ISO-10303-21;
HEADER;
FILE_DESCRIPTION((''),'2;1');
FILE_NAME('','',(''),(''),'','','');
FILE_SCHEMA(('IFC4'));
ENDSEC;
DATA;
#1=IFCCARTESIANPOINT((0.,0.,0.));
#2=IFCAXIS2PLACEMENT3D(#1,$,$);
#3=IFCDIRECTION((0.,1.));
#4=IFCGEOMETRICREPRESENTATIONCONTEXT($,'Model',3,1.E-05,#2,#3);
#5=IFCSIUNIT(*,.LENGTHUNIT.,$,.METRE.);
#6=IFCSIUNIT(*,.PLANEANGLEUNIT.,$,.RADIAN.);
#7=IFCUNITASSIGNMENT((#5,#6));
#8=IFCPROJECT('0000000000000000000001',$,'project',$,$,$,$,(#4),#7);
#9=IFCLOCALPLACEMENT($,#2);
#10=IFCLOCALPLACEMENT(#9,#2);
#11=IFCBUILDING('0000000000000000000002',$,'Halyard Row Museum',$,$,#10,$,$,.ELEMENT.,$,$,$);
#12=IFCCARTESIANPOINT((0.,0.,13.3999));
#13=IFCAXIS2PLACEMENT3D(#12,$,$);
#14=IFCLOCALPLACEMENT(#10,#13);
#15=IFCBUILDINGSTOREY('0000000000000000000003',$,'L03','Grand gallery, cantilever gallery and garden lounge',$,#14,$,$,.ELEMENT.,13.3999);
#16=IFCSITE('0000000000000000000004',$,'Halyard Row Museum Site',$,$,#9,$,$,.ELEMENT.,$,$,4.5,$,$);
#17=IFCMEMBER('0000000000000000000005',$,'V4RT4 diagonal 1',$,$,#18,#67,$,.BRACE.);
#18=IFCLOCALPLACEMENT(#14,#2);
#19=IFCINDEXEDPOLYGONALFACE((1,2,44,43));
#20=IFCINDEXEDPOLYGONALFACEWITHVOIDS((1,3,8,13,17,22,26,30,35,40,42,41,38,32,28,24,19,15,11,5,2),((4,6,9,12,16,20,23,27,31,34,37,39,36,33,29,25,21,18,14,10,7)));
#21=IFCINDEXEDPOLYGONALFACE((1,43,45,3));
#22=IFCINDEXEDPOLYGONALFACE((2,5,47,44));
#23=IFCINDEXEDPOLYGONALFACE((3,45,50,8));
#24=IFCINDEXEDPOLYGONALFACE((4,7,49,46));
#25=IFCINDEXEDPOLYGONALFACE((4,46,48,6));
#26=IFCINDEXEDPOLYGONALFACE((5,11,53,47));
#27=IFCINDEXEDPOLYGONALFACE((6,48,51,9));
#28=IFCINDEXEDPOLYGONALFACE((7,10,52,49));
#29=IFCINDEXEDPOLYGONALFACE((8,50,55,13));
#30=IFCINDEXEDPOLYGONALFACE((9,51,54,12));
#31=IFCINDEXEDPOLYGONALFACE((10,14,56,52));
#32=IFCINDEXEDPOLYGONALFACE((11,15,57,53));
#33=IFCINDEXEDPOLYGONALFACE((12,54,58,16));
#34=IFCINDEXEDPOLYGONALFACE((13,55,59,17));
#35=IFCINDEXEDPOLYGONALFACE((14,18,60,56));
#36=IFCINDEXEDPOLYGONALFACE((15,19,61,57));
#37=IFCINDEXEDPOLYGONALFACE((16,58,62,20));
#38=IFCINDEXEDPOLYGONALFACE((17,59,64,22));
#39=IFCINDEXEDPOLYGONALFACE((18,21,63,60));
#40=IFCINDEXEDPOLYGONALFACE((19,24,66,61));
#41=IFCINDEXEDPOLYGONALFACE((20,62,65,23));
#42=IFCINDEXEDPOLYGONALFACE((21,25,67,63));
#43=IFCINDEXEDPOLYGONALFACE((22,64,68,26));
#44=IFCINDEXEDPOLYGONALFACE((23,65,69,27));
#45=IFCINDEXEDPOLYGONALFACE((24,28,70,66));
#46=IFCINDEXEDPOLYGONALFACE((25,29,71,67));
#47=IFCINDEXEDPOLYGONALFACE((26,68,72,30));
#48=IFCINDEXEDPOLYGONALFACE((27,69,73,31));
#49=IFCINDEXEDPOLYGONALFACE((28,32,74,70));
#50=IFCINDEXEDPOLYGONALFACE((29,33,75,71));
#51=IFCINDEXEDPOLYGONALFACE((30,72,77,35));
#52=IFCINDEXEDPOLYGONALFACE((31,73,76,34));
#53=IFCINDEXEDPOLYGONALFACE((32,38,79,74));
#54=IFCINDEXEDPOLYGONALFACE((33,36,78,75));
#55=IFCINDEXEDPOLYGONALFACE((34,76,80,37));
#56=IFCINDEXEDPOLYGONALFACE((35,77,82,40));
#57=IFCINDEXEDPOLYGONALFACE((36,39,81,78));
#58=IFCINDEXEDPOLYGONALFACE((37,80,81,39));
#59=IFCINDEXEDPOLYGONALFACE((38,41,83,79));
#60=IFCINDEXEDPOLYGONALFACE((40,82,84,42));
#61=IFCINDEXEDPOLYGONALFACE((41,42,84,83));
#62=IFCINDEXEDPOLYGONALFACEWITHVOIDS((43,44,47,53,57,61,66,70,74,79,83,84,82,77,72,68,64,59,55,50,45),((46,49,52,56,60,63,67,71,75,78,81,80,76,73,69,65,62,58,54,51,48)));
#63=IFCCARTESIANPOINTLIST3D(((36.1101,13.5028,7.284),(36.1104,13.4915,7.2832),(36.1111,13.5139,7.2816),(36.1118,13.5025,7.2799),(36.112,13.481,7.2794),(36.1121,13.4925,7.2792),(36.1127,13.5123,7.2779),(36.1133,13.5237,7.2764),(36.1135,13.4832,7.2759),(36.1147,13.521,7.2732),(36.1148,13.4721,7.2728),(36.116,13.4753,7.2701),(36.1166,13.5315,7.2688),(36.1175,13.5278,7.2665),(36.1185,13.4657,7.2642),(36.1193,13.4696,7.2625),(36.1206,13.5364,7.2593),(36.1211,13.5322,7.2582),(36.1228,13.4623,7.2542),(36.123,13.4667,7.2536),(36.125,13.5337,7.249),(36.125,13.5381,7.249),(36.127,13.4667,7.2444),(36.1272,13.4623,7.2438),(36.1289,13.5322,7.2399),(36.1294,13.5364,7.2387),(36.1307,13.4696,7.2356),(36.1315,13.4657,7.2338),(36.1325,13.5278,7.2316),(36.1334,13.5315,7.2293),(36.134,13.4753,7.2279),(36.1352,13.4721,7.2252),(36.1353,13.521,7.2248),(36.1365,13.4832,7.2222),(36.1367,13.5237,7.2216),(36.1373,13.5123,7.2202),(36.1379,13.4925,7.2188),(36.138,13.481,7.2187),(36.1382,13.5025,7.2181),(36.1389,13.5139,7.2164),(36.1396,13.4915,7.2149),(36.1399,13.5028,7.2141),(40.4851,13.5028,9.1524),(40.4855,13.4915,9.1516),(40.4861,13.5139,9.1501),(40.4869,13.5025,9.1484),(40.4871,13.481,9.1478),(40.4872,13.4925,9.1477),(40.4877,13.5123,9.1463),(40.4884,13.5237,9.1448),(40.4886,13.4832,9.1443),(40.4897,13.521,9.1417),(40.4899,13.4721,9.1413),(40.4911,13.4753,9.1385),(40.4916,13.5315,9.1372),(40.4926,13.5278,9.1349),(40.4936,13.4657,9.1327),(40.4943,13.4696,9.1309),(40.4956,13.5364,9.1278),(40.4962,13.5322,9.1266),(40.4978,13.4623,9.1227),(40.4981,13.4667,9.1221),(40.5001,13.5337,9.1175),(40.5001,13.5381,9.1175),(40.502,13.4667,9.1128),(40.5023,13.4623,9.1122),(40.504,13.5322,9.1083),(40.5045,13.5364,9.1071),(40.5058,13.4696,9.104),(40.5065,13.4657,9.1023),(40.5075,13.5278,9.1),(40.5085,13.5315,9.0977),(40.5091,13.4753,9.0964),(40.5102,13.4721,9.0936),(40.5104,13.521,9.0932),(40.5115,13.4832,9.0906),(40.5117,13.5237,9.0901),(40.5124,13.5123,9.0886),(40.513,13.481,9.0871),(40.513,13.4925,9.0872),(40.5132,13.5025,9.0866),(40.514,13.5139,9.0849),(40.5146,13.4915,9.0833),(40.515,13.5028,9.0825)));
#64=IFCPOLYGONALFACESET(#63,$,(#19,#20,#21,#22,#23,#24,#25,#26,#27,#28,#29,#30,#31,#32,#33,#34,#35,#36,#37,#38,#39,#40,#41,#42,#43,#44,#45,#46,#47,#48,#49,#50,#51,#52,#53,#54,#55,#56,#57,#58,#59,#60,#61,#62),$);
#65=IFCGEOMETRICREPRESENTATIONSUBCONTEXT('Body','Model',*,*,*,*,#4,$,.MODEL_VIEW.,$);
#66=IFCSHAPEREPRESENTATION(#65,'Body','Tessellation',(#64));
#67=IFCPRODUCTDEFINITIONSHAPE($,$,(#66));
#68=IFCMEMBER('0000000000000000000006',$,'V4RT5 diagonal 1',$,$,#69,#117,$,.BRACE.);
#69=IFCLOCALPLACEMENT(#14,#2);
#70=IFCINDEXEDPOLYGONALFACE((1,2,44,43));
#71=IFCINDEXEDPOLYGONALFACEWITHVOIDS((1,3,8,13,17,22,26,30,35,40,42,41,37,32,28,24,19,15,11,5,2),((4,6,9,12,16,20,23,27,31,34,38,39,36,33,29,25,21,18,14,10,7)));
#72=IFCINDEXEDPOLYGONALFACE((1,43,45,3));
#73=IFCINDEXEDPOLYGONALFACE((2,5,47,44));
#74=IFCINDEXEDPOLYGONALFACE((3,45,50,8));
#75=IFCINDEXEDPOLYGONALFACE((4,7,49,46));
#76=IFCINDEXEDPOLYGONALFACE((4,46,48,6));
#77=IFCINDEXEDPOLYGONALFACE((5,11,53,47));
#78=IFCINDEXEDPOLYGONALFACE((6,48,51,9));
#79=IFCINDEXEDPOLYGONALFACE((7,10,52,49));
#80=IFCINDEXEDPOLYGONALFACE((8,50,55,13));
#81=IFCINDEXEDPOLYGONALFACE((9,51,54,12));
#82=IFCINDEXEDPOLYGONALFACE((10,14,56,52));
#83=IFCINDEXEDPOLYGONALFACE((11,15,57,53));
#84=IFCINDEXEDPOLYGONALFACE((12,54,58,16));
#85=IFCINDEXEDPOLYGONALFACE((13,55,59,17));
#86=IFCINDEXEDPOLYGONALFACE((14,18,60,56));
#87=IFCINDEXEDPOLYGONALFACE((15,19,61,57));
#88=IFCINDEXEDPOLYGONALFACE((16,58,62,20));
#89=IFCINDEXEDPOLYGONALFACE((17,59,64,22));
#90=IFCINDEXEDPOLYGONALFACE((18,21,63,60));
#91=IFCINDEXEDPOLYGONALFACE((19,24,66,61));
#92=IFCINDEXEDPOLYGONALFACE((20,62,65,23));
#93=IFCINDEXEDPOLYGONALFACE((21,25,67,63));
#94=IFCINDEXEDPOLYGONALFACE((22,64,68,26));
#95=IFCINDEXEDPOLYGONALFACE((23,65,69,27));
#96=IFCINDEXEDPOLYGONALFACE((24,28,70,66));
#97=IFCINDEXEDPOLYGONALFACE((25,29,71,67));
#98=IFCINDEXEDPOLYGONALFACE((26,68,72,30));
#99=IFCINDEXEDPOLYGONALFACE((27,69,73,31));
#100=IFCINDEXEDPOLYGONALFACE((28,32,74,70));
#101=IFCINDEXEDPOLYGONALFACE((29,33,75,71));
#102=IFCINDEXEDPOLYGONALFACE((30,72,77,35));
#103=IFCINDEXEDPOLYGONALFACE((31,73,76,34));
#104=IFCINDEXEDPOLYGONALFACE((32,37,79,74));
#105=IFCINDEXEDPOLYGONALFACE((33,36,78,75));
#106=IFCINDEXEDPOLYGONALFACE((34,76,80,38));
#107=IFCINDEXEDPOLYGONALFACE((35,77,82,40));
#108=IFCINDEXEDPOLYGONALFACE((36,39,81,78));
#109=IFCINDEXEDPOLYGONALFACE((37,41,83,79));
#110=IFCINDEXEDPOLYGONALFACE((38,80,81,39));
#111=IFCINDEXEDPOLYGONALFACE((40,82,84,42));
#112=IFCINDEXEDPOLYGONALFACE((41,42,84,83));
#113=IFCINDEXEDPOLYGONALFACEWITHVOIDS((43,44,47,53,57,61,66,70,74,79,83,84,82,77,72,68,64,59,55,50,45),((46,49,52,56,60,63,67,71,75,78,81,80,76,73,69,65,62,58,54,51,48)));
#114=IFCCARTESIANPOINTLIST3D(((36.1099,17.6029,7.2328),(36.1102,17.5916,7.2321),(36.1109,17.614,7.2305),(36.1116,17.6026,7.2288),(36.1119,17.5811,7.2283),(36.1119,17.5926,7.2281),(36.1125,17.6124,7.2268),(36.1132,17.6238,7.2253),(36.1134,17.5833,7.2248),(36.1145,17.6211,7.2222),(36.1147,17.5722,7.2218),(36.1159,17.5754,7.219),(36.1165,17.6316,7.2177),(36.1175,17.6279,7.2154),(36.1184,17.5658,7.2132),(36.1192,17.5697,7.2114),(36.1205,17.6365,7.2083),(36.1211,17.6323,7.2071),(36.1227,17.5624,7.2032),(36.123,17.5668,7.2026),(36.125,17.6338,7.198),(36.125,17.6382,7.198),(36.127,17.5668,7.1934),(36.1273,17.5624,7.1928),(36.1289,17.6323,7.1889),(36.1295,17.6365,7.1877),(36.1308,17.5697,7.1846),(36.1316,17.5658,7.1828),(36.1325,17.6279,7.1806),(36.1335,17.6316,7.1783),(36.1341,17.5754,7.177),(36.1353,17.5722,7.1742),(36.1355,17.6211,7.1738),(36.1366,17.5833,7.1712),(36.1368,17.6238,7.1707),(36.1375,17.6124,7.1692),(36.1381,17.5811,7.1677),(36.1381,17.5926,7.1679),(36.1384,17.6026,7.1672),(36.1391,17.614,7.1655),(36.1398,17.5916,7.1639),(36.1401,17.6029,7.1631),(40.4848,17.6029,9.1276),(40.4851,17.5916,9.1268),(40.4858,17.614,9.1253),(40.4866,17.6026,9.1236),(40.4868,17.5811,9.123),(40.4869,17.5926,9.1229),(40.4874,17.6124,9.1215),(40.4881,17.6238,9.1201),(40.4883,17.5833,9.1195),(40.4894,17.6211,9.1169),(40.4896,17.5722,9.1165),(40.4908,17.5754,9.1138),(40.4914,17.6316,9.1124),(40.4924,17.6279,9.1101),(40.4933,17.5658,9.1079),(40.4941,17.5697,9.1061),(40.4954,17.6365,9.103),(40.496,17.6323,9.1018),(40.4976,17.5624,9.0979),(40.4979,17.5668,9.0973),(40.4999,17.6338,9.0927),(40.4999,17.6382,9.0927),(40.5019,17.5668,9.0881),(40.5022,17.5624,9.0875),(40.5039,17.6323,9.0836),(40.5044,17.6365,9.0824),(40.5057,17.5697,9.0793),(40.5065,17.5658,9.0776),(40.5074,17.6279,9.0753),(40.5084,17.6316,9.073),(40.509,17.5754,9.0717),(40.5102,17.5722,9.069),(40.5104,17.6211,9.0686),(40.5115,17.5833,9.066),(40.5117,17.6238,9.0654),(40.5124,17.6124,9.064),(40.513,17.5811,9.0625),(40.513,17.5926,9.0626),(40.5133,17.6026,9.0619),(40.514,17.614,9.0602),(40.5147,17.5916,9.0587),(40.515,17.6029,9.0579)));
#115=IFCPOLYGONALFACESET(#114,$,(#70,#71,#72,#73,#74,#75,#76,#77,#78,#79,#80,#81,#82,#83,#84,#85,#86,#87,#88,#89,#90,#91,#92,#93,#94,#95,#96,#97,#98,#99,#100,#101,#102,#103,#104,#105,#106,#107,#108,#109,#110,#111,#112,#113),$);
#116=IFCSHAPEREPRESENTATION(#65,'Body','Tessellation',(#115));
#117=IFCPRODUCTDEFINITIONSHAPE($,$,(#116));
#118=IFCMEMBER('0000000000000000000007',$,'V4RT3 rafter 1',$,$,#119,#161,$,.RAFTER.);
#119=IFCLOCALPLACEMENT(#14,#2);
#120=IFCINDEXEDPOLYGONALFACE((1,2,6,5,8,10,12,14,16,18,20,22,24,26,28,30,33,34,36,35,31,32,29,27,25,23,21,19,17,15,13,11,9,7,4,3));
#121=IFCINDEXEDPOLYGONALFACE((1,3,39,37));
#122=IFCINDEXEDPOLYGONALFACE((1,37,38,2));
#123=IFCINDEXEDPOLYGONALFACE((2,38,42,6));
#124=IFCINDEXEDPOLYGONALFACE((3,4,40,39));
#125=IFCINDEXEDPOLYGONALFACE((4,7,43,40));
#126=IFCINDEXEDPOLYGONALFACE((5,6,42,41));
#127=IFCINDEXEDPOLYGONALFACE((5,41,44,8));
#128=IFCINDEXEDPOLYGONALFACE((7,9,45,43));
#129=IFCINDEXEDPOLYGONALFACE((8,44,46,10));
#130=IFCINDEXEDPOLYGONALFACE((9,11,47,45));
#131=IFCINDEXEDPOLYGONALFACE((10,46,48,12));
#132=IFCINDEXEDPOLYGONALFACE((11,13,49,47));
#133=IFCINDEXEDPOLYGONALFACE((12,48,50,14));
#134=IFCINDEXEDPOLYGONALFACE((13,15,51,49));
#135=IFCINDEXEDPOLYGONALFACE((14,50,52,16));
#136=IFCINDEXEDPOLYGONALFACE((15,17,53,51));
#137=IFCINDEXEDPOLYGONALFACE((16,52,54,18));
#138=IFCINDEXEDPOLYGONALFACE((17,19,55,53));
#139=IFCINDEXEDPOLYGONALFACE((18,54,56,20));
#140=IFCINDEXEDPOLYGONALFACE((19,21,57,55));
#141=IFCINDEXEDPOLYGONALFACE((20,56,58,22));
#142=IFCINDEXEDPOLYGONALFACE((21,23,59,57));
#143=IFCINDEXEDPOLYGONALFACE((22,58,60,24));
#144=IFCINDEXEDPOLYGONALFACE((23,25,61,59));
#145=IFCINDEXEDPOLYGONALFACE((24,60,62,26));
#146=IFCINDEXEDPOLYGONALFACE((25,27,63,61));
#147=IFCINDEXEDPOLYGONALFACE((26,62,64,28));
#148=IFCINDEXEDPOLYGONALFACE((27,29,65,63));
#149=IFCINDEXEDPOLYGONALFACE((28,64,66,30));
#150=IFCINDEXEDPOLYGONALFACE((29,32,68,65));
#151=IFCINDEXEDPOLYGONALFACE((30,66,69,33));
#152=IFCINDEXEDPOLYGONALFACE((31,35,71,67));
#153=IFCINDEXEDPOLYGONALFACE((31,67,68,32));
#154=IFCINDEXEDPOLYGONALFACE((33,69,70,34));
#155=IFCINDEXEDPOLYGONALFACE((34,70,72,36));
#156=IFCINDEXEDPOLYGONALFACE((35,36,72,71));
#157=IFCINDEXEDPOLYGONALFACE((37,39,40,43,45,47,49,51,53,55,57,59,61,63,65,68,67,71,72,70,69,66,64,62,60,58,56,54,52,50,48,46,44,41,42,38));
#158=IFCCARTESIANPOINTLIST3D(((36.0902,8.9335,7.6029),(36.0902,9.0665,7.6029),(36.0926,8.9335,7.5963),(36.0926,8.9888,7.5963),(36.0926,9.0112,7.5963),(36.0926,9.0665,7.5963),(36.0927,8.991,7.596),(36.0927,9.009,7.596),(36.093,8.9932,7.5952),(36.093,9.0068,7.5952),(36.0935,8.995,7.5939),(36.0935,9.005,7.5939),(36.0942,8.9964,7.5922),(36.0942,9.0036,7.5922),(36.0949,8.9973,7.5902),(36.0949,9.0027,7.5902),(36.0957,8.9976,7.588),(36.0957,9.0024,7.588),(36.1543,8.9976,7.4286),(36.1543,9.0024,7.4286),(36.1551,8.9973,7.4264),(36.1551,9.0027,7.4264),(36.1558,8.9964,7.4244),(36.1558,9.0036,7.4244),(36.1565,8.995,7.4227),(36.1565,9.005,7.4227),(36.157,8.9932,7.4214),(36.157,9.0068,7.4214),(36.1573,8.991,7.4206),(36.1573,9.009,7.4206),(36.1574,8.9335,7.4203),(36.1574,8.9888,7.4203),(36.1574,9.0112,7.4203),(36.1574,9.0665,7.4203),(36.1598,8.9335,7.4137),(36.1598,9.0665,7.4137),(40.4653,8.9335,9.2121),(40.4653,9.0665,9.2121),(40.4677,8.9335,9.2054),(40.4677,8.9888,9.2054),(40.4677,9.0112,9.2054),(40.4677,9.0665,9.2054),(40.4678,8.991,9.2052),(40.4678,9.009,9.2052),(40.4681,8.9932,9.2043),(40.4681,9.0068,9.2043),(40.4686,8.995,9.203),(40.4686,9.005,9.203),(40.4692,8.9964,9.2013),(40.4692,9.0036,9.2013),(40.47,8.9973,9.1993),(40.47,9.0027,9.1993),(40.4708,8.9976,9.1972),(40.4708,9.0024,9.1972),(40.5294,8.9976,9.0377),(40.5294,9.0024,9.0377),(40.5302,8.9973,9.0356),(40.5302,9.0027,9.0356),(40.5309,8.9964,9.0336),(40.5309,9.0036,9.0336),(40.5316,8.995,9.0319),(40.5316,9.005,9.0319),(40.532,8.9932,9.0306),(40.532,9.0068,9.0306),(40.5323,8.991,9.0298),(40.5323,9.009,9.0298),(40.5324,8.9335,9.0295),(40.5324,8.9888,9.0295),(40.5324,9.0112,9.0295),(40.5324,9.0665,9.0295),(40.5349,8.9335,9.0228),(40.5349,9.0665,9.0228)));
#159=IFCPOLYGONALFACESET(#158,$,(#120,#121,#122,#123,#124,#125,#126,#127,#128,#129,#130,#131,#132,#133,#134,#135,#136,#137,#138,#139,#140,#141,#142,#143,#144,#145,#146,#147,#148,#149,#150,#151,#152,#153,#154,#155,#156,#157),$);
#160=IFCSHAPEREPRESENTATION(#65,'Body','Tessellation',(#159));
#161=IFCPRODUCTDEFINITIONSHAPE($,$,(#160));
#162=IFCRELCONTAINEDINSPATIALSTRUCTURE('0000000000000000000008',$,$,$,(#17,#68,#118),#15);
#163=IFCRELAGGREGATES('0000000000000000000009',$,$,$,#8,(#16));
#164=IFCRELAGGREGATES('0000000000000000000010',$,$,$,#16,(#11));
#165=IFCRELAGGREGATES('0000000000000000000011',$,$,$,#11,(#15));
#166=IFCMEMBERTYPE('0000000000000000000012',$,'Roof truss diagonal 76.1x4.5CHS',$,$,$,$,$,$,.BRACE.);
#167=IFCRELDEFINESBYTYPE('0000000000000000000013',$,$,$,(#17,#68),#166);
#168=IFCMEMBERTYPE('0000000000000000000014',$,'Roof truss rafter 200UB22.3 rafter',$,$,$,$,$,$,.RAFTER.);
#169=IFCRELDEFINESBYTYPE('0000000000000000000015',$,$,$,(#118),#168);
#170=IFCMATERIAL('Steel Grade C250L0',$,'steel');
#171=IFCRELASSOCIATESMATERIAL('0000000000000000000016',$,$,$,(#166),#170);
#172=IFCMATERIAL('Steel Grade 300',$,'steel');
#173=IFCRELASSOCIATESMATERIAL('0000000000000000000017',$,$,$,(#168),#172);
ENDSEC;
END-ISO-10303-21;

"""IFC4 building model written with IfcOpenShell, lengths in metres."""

from ifc_helpers import new_model, si_unit, direction, frame, origin, origin_2d, place, context, subcontext, project, spatial, hollow_circle, i_section, extrude, material, material_profile, profile_set, type_object, element, save


model = new_model("IFC4")

# Units and contexts
model_context = context("Model", 3, precision=1e-05, world=origin(), true_north=direction((0.0, 1.0)))
body_context = subcontext(model_context, "Body", "Model", "MODEL_VIEW")
ifc_project = project(units=[si_unit("LENGTHUNIT", "METRE"), si_unit("PLANEANGLEUNIT", "RADIAN")], contexts=[model_context])

# Site, building, storey
site_placement = place(None, origin())
site = spatial("IfcSite", under=ifc_project, at=site_placement, Name="Halyard Row Museum Site", CompositionType="ELEMENT", RefElevation=4.5)
building_placement = place(site_placement, origin())
building = spatial("IfcBuilding", under=site, at=building_placement, Name="Halyard Row Museum", CompositionType="ELEMENT")
storey_placement = place(building_placement, frame((0.0, 0.0, 13.3999)))
storey = spatial("IfcBuildingStorey", under=building, at=storey_placement, Name="L03", Description="Grand gallery, cantilever gallery and garden lounge", CompositionType="ELEMENT", Elevation=13.3999)

# Members
ifc_material_1 = material(Name="Steel Grade C250L0", Category="steel")
ifc_material_profile_1 = material_profile(ifc_material_1, hollow_circle(Radius=0.0381, WallThickness=0.0044, at=origin_2d()), Name="76.1x4.5CHS")
ifc_profile_set_1 = profile_set([ifc_material_profile_1], Name="Steel Grade C250L0")
member_type_1 = type_object("IfcMemberType", Name="Roof truss diagonal 76.1x4.5CHS", PredefinedType="BRACE", material=ifc_profile_set_1)
for number, where, z_axis, x_axis, name in (
    (1, (36.125, 13.5, 7.249), (0.919646, 0.0, 0.392748), (0.0, 1.0, 0.0), "V4RT4 diagonal 1"),
):
    element("IfcMember", number, at=place(storey_placement, frame(where, z_axis=z_axis, x_axis=x_axis)), inside=storey, type_object=member_type_1, Name=name, PredefinedType="BRACE", context=body_context, shape_type="SweptSolid", body=[
        extrude(hollow_circle(Radius=0.0381, WallThickness=0.0044, at=origin_2d()), origin(), (0.0, 0.0, 1.0), 4.7573),
    ])
member_1_placement = place(storey_placement, frame((36.125, 17.6001, 7.198), z_axis=(0.917637, 0.0, 0.397421), x_axis=(0.0, 1.0, 0.0)))
element("IfcMember", 2, at=member_1_placement, inside=storey, type_object=member_type_1, Name="V4RT5 diagonal 1", PredefinedType="BRACE", context=body_context, shape_type="SweptSolid", body=[
    extrude(hollow_circle(Radius=0.0381, WallThickness=0.0044, at=origin_2d()), origin(), (0.0, 0.0, 1.0), 4.7676),
])
ifc_material_2 = material(Name="Steel Grade 300", Category="steel")
ifc_material_profile_2 = material_profile(ifc_material_2, i_section(OverallWidth=0.1331, OverallDepth=0.2017, WebThickness=0.0049, FlangeThickness=0.0071, FilletRadius=0.0088, at=origin_2d()), Name="200UB22.3")
ifc_profile_set_2 = profile_set([ifc_material_profile_2], Name="Steel Grade 300")
member_type_2 = type_object("IfcMemberType", Name="Roof truss rafter 200UB22.3 rafter", PredefinedType="RAFTER", material=ifc_profile_set_2)
for number, where, z_axis, x_axis, name in (
    (3, (36.125, 9.0, 7.5083), (0.938532, 0.0, 0.345193), (0.0, 1.0, 0.0), "V4RT3 rafter 1"),
):
    element("IfcMember", number, at=place(storey_placement, frame(where, z_axis=z_axis, x_axis=x_axis)), inside=storey, type_object=member_type_2, Name=name, PredefinedType="RAFTER", context=body_context, shape_type="SweptSolid", body=[
        extrude(i_section(OverallWidth=0.1331, OverallDepth=0.2017, WebThickness=0.0049, FlangeThickness=0.0071, FilletRadius=0.0088, at=origin_2d()), origin(), (0.0, 0.0, 1.0), 4.6616),
    ])

save(model, "model.ifc")
